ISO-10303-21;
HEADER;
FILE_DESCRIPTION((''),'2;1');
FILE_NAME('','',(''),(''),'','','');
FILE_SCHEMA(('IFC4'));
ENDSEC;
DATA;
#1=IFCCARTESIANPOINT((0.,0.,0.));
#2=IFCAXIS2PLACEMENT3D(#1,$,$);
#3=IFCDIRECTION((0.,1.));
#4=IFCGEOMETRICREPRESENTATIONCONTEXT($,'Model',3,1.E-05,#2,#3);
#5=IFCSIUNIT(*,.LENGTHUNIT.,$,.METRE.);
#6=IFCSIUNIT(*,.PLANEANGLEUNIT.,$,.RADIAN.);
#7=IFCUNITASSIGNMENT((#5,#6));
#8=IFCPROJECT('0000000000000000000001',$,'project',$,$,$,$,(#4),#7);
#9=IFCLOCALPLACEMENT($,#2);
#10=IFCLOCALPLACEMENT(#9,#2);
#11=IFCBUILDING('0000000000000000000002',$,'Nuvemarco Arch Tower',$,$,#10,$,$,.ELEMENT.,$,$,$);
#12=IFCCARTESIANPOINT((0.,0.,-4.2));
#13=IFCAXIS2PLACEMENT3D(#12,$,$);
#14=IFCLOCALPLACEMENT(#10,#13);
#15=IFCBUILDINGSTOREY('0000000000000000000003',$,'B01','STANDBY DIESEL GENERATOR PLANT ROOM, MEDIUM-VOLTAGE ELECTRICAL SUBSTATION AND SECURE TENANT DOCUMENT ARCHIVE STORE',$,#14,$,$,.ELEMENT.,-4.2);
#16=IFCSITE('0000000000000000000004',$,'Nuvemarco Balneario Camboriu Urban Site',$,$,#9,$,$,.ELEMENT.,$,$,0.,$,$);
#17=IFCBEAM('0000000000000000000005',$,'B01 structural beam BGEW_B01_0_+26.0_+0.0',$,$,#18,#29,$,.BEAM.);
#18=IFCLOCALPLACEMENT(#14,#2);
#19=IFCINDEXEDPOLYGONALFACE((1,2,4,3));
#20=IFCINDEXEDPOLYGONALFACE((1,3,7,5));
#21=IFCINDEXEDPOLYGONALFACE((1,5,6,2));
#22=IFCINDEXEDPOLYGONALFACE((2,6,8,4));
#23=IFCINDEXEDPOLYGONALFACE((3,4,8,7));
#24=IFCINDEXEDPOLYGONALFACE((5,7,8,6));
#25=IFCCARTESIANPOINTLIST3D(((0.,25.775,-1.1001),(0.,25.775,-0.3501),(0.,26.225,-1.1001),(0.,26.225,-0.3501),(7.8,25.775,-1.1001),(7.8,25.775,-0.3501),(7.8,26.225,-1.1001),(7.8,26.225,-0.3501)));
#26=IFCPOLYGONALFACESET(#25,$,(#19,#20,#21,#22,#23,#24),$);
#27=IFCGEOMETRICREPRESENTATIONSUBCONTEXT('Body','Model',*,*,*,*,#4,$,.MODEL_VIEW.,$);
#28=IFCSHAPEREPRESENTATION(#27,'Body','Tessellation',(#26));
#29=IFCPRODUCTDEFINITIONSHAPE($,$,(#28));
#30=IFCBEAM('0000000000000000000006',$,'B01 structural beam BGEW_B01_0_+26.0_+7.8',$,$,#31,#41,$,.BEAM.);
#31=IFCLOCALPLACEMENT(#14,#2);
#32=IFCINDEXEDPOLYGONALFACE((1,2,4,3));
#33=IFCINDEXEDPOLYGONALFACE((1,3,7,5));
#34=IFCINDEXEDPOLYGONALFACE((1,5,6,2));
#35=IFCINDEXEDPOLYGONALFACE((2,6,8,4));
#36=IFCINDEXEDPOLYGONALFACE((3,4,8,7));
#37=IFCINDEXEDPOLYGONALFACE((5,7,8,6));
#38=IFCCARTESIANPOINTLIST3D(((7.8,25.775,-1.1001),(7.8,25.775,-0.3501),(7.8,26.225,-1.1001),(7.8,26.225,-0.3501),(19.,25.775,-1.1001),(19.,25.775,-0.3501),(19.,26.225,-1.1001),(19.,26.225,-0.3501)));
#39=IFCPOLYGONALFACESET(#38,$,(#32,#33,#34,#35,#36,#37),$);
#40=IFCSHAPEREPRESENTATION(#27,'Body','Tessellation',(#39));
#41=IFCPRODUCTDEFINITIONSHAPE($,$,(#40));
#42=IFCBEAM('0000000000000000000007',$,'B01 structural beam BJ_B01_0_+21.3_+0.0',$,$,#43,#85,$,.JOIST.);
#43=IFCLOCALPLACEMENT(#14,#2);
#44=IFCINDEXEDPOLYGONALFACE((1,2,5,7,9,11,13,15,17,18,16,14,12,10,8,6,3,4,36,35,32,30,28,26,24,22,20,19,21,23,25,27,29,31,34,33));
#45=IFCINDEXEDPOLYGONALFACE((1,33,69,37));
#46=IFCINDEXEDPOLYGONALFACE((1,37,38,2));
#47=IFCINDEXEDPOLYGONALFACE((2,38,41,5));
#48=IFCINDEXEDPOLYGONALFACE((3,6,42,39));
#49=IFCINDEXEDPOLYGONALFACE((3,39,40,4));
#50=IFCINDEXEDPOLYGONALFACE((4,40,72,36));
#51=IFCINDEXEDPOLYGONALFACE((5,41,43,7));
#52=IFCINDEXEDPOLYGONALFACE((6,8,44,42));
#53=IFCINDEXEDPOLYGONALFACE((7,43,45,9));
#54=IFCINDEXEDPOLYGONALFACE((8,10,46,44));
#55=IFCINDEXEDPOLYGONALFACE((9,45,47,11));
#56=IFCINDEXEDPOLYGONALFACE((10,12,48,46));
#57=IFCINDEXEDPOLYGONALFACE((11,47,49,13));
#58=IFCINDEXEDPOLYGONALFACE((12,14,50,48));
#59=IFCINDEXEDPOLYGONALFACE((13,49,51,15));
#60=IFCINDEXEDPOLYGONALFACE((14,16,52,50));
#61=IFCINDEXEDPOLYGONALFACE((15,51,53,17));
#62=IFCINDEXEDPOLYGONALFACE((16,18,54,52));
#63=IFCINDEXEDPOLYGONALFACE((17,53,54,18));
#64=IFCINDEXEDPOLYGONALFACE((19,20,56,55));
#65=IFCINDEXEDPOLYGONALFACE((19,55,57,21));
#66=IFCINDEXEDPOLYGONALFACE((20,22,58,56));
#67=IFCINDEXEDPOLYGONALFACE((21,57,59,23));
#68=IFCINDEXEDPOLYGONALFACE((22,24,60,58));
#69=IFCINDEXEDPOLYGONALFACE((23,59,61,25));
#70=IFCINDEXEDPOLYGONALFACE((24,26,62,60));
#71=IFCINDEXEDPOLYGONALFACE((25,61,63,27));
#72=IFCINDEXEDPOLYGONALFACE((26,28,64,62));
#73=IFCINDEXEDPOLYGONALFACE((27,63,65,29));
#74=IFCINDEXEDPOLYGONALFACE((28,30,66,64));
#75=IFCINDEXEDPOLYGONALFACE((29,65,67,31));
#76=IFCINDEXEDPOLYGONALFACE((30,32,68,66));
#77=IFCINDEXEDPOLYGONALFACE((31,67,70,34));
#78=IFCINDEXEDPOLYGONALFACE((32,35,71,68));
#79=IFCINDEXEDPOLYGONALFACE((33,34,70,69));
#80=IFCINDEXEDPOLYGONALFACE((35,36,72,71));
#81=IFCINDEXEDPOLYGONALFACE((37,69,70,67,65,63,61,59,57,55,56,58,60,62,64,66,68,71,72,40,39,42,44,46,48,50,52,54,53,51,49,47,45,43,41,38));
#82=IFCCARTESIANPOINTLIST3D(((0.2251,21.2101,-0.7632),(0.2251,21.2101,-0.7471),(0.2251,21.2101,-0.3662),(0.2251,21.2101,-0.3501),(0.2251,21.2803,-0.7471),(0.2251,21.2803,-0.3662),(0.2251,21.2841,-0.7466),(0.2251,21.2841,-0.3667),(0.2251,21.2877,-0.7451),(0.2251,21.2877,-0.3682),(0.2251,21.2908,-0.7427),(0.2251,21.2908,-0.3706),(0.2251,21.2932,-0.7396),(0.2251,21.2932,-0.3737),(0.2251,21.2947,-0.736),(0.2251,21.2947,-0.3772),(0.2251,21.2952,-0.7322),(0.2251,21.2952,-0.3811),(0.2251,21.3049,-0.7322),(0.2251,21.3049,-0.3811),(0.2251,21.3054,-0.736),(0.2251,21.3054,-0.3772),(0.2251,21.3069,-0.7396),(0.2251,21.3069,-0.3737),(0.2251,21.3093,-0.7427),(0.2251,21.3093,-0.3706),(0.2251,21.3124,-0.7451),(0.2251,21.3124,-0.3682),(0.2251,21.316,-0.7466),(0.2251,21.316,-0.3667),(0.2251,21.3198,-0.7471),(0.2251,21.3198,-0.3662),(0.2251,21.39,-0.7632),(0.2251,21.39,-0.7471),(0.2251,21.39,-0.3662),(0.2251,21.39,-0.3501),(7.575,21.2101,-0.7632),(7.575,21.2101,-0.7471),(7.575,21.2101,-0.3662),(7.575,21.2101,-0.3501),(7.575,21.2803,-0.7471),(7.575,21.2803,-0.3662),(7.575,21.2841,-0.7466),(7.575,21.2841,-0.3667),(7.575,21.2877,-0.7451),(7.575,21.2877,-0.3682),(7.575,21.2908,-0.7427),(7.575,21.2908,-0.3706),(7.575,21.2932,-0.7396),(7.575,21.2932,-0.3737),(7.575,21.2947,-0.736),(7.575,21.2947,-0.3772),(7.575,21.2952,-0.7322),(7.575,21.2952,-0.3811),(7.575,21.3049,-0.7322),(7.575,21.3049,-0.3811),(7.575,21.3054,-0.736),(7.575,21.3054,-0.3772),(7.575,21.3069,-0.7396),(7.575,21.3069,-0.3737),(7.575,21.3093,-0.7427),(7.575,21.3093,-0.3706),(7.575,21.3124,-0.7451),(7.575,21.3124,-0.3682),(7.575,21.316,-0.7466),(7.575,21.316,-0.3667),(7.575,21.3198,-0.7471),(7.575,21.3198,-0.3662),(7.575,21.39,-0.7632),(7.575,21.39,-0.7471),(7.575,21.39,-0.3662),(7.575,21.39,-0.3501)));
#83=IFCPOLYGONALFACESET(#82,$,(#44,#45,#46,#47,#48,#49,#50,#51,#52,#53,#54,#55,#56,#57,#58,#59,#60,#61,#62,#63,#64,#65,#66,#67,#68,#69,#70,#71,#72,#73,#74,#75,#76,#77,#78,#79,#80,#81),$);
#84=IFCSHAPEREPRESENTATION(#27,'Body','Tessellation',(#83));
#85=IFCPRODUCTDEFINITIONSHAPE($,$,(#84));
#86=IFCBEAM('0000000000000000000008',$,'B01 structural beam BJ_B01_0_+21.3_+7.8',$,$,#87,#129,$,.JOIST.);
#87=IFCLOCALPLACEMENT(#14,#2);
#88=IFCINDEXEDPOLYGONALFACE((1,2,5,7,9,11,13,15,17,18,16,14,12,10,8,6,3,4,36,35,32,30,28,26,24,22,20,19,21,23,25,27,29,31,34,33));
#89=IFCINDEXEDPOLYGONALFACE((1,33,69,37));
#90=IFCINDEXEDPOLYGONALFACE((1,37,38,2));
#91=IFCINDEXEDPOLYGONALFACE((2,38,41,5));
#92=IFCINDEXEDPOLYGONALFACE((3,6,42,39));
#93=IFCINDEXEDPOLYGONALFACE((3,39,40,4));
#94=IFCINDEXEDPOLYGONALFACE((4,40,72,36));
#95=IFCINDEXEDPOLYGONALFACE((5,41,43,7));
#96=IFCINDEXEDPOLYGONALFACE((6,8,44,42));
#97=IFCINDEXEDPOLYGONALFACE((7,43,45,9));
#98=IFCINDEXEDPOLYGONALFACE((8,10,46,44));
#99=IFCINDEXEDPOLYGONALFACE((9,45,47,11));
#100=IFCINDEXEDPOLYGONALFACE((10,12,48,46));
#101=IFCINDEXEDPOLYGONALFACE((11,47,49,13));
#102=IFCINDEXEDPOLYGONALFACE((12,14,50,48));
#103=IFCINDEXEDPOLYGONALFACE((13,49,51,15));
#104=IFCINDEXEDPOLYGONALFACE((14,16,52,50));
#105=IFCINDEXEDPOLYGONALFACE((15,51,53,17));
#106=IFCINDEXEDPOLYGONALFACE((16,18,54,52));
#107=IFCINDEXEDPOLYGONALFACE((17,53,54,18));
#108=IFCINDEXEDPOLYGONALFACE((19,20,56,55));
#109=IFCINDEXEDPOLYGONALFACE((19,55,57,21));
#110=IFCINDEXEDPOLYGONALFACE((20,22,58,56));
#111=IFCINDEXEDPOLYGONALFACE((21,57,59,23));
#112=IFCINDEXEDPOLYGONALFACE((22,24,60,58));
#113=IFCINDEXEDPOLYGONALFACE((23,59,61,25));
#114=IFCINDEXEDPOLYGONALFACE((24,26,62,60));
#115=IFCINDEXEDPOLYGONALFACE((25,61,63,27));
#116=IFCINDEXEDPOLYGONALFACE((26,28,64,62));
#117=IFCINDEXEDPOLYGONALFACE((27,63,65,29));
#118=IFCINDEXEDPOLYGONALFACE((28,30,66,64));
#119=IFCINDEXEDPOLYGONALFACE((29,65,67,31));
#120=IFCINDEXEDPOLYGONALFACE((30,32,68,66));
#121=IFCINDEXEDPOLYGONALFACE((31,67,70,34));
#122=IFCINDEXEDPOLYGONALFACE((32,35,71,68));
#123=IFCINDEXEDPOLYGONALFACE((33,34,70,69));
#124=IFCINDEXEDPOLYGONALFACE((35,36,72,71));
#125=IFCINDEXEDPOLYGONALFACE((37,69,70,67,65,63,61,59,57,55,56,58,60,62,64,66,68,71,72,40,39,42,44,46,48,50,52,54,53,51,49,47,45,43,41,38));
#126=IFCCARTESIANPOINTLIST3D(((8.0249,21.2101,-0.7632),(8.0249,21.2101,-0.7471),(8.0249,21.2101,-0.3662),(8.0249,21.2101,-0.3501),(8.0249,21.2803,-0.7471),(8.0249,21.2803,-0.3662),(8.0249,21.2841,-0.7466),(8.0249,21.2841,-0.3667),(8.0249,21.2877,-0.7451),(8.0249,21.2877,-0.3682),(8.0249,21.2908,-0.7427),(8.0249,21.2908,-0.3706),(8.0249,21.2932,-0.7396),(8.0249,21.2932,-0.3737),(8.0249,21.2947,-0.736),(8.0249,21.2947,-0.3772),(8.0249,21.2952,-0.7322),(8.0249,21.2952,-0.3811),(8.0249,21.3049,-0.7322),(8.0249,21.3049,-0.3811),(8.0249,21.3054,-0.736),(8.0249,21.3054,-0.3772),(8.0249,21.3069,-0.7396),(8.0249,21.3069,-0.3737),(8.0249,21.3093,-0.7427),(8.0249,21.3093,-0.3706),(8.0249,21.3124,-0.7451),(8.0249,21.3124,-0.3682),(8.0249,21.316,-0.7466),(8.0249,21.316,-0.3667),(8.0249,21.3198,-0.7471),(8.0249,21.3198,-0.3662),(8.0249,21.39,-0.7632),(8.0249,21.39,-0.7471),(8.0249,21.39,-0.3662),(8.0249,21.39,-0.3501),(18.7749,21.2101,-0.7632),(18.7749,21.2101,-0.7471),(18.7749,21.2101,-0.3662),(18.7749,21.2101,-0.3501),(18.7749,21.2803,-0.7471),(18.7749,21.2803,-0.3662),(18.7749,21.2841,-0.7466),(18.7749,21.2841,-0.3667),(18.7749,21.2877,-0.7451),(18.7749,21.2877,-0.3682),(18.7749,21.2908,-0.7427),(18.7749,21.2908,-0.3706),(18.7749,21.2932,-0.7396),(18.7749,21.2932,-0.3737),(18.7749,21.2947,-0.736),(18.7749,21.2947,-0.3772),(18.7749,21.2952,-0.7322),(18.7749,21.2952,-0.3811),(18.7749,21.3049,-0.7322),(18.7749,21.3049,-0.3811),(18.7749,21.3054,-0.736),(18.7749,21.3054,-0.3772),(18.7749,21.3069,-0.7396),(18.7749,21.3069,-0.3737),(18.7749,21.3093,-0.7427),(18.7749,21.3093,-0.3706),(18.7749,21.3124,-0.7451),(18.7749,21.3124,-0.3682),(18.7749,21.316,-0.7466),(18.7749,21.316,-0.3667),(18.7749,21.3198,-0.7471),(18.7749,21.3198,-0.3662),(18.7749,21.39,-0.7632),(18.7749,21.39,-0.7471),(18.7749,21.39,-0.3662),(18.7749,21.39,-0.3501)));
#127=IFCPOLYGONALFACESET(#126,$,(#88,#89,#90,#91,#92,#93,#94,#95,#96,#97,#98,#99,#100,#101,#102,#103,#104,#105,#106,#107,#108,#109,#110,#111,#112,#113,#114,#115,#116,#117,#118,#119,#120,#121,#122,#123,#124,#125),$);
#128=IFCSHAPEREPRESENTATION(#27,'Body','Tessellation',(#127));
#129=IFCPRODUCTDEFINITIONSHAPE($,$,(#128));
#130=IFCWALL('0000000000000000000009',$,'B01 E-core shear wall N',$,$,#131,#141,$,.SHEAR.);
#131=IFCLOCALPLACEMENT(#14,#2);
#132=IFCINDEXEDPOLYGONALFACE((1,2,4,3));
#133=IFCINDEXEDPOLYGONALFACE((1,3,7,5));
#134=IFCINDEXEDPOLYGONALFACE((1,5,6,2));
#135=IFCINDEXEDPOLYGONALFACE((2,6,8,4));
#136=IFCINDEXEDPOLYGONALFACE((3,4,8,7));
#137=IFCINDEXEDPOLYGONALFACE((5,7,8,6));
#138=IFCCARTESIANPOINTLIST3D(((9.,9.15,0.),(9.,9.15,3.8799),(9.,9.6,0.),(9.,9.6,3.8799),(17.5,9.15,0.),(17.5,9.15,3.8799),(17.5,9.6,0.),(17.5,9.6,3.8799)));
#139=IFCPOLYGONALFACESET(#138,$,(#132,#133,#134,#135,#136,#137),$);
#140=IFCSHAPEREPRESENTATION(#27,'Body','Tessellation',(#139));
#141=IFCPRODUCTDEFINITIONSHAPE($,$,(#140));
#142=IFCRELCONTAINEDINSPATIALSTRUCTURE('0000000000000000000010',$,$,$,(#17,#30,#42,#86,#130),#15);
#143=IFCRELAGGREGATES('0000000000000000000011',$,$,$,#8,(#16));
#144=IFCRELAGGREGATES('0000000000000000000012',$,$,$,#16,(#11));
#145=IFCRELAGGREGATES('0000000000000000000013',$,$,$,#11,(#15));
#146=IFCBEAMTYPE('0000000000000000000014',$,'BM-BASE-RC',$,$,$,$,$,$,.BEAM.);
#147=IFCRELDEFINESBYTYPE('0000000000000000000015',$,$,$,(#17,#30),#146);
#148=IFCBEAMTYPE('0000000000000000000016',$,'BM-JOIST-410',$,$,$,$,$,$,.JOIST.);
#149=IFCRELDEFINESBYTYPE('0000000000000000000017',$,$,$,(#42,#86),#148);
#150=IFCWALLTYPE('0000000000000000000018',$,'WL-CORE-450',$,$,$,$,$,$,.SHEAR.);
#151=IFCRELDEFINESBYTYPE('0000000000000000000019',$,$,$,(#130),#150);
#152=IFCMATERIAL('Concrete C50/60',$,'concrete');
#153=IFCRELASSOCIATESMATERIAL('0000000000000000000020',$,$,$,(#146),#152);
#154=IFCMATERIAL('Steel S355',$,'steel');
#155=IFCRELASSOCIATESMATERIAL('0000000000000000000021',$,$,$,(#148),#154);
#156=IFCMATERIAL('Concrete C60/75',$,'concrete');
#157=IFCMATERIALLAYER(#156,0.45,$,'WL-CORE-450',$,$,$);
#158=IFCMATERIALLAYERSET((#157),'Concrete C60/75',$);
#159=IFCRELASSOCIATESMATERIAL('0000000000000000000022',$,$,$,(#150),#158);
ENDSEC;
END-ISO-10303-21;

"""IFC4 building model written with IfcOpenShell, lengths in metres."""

from ifc_helpers import new_model, si_unit, direction, frame, frame_2d, origin, origin_2d, place, context, subcontext, project, spatial, rectangle, i_section, extrude, material, layer, layer_set, material_profile, profile_set, type_object, element, save


model = new_model("IFC4")

# Units and contexts
model_context = context("Model", 3, precision=1e-05, world=origin(), true_north=direction((0.0, 1.0)))
body_context = subcontext(model_context, "Body", "Model", "MODEL_VIEW")
ifc_project = project(units=[si_unit("LENGTHUNIT", "METRE"), si_unit("PLANEANGLEUNIT", "RADIAN")], contexts=[model_context])

# Site, building, storey
site_placement = place(None, origin())
site = spatial("IfcSite", under=ifc_project, at=site_placement, Name="Nuvemarco Balneario Camboriu Urban Site", CompositionType="ELEMENT", RefElevation=0.0)
building_placement = place(site_placement, origin())
building = spatial("IfcBuilding", under=site, at=building_placement, Name="Nuvemarco Arch Tower", CompositionType="ELEMENT")
storey_placement = place(building_placement, frame((0.0, 0.0, -4.2)))
storey = spatial("IfcBuildingStorey", under=building, at=storey_placement, Name="B01", Description="STANDBY DIESEL GENERATOR PLANT ROOM, MEDIUM-VOLTAGE ELECTRICAL SUBSTATION AND SECURE TENANT DOCUMENT ARCHIVE STORE", CompositionType="ELEMENT", Elevation=-4.2)

# Shared definitions
ifc_material_1 = material(Name="Concrete C60/75", Category="concrete")

# Beams
ifc_material_2 = material(Name="Concrete C50/60", Category="concrete")
ifc_material_profile_1 = material_profile(ifc_material_2, rectangle(XDim=0.45, YDim=0.75, at=origin_2d()), Name="RC-BM-450x750")
ifc_profile_set_1 = profile_set([ifc_material_profile_1], Name="Concrete C50/60")
beam_type_1 = type_object("IfcBeamType", Name="BM-BASE-RC", PredefinedType="BEAM", material=ifc_profile_set_1)
beam_1_placement = place(storey_placement, frame((0.0, 26.0, -0.7251), z_axis=(1.0, 0.0, 0.0), x_axis=(0.0, 1.0, 0.0)))
element("IfcBeam", 1, at=beam_1_placement, inside=storey, type_object=beam_type_1, Name="B01 structural beam BGEW_B01_0_+26.0_+0.0", PredefinedType="BEAM", context=body_context, shape_type="SweptSolid", body=[
    extrude(rectangle(XDim=0.45, YDim=0.75, at=origin_2d()), origin(), (0.0, 0.0, 1.0), 7.8),
])
beam_2_placement = place(storey_placement, frame((7.8, 26.0, -0.7251), z_axis=(1.0, 0.0, 0.0), x_axis=(0.0, 1.0, 0.0)))
element("IfcBeam", 2, at=beam_2_placement, inside=storey, type_object=beam_type_1, Name="B01 structural beam BGEW_B01_0_+26.0_+7.8", PredefinedType="BEAM", context=body_context, shape_type="SweptSolid", body=[
    extrude(rectangle(XDim=0.45, YDim=0.75, at=origin_2d()), origin(), (0.0, 0.0, 1.0), 11.2),
])
ifc_material_3 = material(Name="Steel S355", Category="steel")
ifc_material_profile_2 = material_profile(ifc_material_3, i_section(OverallWidth=0.1799, OverallDepth=0.4131, WebThickness=0.0098, FlangeThickness=0.0161, FilletRadius=0.0149, at=origin_2d()), Name="W410x75")
ifc_profile_set_2 = profile_set([ifc_material_profile_2], Name="Steel S355")
beam_type_2 = type_object("IfcBeamType", Name="BM-JOIST-410", PredefinedType="JOIST", material=ifc_profile_set_2)
beam_3_placement = place(storey_placement, frame((0.2251, 21.3, -0.5566), z_axis=(1.0, 0.0, 0.0), x_axis=(0.0, 1.0, 0.0)))
element("IfcBeam", 3, at=beam_3_placement, inside=storey, type_object=beam_type_2, Name="B01 structural beam BJ_B01_0_+21.3_+0.0", PredefinedType="JOIST", context=body_context, shape_type="SweptSolid", body=[
    extrude(i_section(OverallWidth=0.1799, OverallDepth=0.4131, WebThickness=0.0098, FlangeThickness=0.0161, FilletRadius=0.0149, at=origin_2d()), origin(), (0.0, 0.0, 1.0), 7.3499),
])
beam_4_placement = place(storey_placement, frame((8.0249, 21.3, -0.5566), z_axis=(1.0, 0.0, 0.0), x_axis=(0.0, 1.0, 0.0)))
element("IfcBeam", 4, at=beam_4_placement, inside=storey, type_object=beam_type_2, Name="B01 structural beam BJ_B01_0_+21.3_+7.8", PredefinedType="JOIST", context=body_context, shape_type="SweptSolid", body=[
    extrude(i_section(OverallWidth=0.1799, OverallDepth=0.4131, WebThickness=0.0098, FlangeThickness=0.0161, FilletRadius=0.0149, at=origin_2d()), origin(), (0.0, 0.0, 1.0), 10.75),
])

# Wall
ifc_layer_1 = layer(ifc_material_1, 0.45, Name="WL-CORE-450")
ifc_layer_set_1 = layer_set([ifc_layer_1], Name="Concrete C60/75")
wall_type_1 = type_object("IfcWallType", Name="WL-CORE-450", PredefinedType="SHEAR", material=ifc_layer_set_1)
wall_1_placement = place(storey_placement, frame((9.0, 9.375, 0.0), z_axis=(0.0, 0.0, 1.0), x_axis=(1.0, 0.0, 0.0)))
element("IfcWall", 5, at=wall_1_placement, inside=storey, type_object=wall_type_1, Name="B01 E-core shear wall N", PredefinedType="SHEAR", context=body_context, shape_type="SweptSolid", body=[
    extrude(rectangle(XDim=8.5, YDim=0.45, at=frame_2d((4.25, 0.0))), origin(), (0.0, 0.0, 1.0), 3.8799),
])

save(model, "model.ifc")
